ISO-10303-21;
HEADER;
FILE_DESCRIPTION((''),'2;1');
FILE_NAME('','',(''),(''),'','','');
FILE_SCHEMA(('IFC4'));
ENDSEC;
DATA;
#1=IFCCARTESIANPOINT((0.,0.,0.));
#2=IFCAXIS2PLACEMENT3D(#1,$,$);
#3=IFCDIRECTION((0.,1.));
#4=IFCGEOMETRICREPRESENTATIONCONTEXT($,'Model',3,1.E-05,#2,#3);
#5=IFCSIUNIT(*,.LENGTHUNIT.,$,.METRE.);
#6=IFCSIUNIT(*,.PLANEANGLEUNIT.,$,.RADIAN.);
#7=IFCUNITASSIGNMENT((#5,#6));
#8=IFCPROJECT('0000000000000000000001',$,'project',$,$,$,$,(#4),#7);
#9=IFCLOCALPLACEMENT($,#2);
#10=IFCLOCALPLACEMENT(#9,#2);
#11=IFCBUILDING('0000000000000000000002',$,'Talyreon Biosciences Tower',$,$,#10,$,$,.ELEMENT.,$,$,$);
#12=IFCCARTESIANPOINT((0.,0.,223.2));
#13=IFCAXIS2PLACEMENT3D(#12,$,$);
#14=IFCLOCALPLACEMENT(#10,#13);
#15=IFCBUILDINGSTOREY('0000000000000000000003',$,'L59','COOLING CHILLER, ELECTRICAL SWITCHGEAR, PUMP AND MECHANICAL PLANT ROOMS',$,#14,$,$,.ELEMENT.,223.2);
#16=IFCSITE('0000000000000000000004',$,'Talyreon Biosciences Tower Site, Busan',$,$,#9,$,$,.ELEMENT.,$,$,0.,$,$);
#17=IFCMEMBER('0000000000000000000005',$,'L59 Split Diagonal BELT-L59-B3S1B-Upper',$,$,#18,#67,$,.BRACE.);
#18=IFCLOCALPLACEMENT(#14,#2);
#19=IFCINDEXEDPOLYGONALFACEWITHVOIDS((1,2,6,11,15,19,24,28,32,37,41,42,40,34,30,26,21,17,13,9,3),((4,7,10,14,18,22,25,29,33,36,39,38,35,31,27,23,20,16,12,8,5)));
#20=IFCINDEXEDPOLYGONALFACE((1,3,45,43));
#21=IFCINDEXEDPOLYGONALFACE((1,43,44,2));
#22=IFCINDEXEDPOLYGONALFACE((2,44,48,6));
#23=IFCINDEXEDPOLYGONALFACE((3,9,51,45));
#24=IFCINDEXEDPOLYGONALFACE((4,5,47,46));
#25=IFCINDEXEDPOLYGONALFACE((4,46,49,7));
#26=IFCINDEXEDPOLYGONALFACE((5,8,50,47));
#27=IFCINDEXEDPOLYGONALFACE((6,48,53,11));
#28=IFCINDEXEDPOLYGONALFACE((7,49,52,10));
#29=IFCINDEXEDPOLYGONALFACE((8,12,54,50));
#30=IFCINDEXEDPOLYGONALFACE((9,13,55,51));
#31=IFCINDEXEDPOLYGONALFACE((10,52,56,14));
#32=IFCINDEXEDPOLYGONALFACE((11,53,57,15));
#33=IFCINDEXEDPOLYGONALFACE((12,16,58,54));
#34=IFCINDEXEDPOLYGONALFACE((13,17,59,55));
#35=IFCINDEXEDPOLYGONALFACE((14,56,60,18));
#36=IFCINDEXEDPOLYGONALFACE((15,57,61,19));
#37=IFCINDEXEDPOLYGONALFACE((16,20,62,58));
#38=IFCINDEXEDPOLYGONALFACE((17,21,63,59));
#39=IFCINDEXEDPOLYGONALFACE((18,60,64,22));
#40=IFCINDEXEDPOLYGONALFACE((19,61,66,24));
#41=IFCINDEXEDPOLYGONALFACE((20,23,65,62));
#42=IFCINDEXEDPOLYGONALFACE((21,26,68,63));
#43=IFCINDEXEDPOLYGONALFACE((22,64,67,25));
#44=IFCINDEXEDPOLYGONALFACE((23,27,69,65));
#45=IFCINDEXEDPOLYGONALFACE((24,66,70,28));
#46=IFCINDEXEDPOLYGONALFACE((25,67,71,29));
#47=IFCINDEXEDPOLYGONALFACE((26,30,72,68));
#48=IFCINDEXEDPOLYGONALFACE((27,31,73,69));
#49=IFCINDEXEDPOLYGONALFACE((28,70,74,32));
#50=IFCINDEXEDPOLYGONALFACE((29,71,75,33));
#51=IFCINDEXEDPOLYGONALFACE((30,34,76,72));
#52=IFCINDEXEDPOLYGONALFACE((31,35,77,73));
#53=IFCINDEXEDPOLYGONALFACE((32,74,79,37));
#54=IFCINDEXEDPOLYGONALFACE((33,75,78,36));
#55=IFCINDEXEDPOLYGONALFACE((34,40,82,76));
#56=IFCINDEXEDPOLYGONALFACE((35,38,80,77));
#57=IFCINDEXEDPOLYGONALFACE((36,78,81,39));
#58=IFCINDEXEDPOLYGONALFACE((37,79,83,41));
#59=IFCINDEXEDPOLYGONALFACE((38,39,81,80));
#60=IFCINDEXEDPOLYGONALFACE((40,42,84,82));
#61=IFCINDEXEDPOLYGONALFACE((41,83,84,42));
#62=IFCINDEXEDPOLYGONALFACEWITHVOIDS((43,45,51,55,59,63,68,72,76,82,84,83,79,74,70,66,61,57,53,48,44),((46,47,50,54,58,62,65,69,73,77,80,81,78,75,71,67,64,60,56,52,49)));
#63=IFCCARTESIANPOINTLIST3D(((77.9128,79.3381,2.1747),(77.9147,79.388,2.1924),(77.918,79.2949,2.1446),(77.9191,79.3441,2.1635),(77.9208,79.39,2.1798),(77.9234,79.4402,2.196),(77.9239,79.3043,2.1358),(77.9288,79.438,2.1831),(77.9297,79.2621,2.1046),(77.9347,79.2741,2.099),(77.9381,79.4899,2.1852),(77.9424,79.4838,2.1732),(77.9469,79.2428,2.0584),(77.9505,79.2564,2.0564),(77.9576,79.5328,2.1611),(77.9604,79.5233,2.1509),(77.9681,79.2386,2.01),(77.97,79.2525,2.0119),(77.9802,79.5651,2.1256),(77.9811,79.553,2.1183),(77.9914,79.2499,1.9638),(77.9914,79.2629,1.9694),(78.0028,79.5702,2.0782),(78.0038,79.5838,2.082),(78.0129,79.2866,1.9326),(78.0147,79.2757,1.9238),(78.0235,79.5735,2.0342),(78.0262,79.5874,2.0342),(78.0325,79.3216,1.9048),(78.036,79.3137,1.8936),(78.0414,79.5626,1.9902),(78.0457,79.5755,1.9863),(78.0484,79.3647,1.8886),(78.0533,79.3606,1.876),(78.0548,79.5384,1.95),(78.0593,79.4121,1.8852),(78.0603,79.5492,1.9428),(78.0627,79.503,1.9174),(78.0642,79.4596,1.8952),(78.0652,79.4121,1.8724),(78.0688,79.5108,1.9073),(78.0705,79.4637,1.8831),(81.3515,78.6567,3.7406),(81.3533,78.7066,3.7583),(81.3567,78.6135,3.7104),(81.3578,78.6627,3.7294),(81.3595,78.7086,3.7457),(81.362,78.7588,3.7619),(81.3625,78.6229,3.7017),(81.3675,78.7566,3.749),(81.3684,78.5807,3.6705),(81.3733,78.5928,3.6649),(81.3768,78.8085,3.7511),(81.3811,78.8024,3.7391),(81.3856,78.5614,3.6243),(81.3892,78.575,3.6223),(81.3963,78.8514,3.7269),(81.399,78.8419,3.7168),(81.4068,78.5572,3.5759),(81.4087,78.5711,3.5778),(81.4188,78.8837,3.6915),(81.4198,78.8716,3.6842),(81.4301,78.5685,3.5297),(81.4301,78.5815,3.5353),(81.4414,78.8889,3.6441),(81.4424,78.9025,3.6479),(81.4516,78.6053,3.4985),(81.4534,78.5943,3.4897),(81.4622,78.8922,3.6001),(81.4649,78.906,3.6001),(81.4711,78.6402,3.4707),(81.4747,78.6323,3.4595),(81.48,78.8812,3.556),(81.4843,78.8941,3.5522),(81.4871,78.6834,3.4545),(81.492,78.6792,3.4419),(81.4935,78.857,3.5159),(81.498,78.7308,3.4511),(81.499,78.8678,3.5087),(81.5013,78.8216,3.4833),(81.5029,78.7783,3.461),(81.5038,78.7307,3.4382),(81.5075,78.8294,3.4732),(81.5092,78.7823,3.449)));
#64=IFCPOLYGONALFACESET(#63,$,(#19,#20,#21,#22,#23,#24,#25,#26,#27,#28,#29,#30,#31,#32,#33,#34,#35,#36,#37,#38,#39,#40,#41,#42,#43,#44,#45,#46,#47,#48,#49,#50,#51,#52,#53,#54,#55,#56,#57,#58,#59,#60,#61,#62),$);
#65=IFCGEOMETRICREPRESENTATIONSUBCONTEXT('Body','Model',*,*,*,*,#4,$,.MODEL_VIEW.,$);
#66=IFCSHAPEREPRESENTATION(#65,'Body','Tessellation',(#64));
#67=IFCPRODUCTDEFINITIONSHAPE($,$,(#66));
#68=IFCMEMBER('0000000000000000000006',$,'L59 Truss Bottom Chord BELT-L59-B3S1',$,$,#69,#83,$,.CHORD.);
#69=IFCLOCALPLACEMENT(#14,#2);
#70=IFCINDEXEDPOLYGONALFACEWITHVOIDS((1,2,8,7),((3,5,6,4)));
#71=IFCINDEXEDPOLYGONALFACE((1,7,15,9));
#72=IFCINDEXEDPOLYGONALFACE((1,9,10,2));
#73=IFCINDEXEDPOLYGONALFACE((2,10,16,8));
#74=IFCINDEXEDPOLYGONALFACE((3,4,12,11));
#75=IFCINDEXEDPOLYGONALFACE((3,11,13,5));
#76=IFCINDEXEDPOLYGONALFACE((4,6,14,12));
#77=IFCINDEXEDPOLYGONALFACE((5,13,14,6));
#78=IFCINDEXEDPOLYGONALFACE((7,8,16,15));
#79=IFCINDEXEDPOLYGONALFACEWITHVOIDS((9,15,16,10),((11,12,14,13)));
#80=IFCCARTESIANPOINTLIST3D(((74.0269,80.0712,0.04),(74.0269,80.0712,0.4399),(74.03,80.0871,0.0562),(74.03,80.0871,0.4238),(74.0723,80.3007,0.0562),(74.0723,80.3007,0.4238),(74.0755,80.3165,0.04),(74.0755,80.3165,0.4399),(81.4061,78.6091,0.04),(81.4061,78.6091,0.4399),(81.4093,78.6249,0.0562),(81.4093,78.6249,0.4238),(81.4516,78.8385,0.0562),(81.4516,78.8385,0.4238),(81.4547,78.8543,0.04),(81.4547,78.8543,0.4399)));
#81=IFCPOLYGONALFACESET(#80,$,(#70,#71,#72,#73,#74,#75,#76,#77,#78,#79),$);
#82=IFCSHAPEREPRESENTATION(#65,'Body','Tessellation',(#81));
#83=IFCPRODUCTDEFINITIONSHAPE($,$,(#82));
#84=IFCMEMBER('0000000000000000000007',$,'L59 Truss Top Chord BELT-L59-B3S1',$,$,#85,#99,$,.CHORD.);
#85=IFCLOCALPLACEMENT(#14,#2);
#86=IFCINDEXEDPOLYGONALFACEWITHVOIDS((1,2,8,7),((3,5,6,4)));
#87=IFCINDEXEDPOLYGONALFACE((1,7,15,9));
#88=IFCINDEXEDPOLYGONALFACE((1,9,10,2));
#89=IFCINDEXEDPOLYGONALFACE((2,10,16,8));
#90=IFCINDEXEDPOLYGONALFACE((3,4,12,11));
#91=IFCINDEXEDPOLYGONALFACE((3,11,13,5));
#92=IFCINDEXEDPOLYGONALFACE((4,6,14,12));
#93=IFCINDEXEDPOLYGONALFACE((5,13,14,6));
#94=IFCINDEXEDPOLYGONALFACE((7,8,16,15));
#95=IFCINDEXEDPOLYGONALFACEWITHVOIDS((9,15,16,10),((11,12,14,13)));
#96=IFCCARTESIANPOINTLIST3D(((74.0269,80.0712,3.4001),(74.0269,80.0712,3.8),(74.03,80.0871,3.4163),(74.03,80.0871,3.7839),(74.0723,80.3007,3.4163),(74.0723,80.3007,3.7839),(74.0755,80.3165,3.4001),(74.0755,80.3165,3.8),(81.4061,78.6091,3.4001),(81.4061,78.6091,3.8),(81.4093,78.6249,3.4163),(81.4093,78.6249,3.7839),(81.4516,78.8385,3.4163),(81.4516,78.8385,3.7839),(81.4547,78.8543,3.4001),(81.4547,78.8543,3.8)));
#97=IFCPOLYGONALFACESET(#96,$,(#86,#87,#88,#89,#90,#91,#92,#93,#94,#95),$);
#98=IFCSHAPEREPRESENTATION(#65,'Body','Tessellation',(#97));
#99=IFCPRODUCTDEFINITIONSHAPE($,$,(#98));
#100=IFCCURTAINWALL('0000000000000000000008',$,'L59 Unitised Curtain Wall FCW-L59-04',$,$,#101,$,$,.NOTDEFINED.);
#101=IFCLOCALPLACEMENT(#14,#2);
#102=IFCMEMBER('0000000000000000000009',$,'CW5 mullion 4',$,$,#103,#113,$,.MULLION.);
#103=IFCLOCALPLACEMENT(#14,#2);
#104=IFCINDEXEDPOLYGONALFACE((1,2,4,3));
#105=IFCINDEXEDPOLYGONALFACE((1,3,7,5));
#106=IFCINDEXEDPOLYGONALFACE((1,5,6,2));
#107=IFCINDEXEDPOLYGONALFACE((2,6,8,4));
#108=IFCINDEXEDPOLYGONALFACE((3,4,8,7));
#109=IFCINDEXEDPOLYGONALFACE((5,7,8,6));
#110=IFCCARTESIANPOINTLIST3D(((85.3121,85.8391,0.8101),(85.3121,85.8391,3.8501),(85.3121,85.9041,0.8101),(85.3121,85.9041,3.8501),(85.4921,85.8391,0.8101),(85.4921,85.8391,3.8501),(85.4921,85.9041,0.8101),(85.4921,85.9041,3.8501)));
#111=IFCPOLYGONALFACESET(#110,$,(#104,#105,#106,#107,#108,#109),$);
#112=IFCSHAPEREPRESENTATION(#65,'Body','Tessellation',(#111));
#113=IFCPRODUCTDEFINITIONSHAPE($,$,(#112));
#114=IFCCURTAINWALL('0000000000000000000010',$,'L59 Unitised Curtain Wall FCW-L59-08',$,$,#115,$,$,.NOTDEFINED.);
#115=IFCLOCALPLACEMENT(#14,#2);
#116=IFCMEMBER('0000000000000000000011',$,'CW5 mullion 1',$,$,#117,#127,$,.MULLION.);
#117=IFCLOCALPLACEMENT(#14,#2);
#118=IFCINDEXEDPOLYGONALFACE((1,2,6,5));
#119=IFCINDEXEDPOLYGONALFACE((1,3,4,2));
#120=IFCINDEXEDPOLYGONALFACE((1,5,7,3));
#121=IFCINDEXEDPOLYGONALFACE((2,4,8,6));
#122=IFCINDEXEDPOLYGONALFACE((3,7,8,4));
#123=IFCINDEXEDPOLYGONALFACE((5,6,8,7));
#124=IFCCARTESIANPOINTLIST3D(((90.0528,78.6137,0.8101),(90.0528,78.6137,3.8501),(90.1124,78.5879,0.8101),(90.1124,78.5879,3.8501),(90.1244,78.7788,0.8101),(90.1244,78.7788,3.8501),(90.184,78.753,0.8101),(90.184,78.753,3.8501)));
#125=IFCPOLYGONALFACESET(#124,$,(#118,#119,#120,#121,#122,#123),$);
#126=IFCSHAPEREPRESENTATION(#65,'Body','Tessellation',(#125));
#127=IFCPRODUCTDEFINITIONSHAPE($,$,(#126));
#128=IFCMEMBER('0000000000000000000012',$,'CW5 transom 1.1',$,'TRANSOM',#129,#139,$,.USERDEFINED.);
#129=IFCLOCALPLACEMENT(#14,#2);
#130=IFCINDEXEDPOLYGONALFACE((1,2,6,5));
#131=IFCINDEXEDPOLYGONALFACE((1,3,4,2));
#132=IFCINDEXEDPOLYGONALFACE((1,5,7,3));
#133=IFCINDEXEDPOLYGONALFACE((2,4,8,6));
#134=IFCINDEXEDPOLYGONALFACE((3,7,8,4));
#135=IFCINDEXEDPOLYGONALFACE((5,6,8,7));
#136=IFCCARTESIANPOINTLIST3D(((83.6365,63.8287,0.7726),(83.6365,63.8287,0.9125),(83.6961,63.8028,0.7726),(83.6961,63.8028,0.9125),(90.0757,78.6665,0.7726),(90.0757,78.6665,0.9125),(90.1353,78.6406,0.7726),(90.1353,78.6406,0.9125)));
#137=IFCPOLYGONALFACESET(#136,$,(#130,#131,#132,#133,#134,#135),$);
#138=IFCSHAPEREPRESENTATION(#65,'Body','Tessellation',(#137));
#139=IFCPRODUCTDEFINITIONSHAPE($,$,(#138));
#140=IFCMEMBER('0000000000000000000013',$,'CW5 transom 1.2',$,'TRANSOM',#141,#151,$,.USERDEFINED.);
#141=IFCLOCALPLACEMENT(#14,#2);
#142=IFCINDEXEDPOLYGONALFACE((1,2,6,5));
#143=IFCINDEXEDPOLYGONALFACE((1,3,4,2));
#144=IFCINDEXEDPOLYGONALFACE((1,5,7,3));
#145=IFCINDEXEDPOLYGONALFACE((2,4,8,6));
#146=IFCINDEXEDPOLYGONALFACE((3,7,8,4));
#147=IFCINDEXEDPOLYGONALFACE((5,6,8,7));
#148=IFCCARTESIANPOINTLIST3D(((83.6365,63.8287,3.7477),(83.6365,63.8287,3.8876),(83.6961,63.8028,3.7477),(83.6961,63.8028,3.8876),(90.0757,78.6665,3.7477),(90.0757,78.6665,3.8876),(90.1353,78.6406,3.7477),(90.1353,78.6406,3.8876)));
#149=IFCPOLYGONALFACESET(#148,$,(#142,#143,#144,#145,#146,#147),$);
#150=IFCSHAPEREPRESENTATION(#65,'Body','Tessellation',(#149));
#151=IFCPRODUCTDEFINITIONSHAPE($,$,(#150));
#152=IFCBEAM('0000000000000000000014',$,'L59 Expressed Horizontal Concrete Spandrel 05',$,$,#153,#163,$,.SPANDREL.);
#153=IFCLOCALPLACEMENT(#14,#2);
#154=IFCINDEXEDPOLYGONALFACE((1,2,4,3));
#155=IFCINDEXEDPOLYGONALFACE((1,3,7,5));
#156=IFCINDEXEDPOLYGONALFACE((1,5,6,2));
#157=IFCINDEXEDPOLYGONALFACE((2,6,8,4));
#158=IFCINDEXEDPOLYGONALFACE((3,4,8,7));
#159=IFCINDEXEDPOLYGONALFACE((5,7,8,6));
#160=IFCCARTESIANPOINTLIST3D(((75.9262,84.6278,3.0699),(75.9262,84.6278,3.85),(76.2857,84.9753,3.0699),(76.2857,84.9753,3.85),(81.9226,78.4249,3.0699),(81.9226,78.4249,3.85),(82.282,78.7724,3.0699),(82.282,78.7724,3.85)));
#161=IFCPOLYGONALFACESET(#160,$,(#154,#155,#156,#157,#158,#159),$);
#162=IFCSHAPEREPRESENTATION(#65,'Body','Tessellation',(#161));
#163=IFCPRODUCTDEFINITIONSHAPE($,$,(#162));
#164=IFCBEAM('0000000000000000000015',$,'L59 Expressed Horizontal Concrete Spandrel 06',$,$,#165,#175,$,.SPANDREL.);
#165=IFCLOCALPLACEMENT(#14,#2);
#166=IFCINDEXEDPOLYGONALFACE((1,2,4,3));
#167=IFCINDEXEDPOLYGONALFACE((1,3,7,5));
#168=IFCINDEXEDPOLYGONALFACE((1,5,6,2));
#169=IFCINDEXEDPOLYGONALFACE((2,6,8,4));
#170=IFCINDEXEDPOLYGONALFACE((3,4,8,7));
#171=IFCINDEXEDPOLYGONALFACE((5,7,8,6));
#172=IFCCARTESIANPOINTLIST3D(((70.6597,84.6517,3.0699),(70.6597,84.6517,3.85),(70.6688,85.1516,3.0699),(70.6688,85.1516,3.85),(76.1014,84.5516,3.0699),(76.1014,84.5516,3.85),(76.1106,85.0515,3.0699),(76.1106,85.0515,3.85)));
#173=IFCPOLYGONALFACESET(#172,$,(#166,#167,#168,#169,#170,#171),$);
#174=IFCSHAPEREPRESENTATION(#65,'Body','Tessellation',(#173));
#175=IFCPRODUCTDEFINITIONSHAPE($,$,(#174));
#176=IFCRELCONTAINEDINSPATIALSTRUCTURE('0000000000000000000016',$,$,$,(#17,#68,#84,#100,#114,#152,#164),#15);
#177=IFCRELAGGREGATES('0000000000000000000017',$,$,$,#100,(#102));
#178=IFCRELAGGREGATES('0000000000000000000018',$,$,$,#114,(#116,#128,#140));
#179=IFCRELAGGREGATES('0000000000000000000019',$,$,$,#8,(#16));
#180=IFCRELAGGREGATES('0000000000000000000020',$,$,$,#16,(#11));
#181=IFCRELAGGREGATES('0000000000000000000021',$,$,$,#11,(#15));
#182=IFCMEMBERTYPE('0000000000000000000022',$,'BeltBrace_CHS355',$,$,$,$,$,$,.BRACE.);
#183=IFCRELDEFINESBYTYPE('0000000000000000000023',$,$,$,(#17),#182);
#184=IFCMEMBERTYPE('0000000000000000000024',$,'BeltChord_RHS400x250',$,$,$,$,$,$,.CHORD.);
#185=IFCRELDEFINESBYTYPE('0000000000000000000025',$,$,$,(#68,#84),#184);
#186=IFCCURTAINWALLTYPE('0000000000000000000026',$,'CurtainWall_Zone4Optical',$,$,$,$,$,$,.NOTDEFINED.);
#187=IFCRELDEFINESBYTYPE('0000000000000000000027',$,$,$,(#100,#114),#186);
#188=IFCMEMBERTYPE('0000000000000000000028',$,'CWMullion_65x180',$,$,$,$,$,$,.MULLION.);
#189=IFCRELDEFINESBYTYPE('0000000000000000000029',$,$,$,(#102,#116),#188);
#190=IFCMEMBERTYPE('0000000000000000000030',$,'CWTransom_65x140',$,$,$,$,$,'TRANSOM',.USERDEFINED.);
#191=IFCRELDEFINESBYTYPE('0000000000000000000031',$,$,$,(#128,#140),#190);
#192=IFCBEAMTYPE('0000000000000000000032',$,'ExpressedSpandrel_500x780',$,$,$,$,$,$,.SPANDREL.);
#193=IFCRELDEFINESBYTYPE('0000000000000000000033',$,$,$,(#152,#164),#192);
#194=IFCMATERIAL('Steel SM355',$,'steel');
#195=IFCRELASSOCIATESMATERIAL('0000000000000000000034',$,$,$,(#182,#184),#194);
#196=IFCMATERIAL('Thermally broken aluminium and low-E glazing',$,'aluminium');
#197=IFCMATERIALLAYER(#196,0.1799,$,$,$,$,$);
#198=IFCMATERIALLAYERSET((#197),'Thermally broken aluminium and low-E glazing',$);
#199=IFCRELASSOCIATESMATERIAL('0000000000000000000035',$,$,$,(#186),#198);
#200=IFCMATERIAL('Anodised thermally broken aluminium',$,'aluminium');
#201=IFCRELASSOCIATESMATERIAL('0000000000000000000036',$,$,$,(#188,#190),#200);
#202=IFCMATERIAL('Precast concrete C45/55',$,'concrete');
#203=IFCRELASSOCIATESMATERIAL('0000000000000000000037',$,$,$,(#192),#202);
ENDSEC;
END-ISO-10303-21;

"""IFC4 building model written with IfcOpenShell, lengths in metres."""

from ifc_helpers import new_model, si_unit, direction, frame, origin, origin_2d, place, context, subcontext, project, spatial, rectangle, hollow_rectangle, hollow_circle, extrude, material, layer, layer_set, material_profile, profile_set, type_object, element, aggregate, save


model = new_model("IFC4")

# Units and contexts
model_context = context("Model", 3, precision=1e-05, world=origin(), true_north=direction((0.0, 1.0)))
body_context = subcontext(model_context, "Body", "Model", "MODEL_VIEW")
ifc_project = project(units=[si_unit("LENGTHUNIT", "METRE"), si_unit("PLANEANGLEUNIT", "RADIAN")], contexts=[model_context])

# Site, building, storey
site_placement = place(None, origin())
site = spatial("IfcSite", under=ifc_project, at=site_placement, Name="Talyreon Biosciences Tower Site, Busan", CompositionType="ELEMENT", RefElevation=0.0)
building_placement = place(site_placement, origin())
building = spatial("IfcBuilding", under=site, at=building_placement, Name="Talyreon Biosciences Tower", CompositionType="ELEMENT")
storey_placement = place(building_placement, frame((0.0, 0.0, 223.2)))
storey = spatial("IfcBuildingStorey", under=building, at=storey_placement, Name="L59", Description="COOLING CHILLER, ELECTRICAL SWITCHGEAR, PUMP AND MECHANICAL PLANT ROOMS", CompositionType="ELEMENT", Elevation=223.2)

# Members
ifc_material_1 = material(Name="Steel SM355", Category="steel")
ifc_material_profile_1 = material_profile(ifc_material_1, hollow_circle(Radius=0.1777, WallThickness=0.0142, at=origin_2d()), Name="CHS 355.6x14.2")
ifc_profile_set_1 = profile_set([ifc_material_profile_1], Name="Steel SM355")
member_type_1 = type_object("IfcMemberType", Name="BeltBrace_CHS355", PredefinedType="BRACE", material=ifc_profile_set_1)
member_1_placement = place(storey_placement, frame((77.9917, 79.4131, 2.0342), z_axis=(0.895634, -0.177473, 0.407852), x_axis=(0.194375, 0.980927, 0.0)))
element("IfcMember", 1, at=member_1_placement, inside=storey, type_object=member_type_1, Name="L59 Split Diagonal BELT-L59-B3S1B-Upper", PredefinedType="BRACE", context=body_context, shape_type="SweptSolid", body=[
    extrude(hollow_circle(Radius=0.1777, WallThickness=0.0142, at=origin_2d()), origin(), (0.0, 0.0, 1.0), 3.8394),
])
ifc_material_profile_2 = material_profile(ifc_material_1, hollow_rectangle(XDim=0.25, YDim=0.3999, WallThickness=0.0161, at=origin_2d()), Name="RHS 400x250x16")
ifc_profile_set_2 = profile_set([ifc_material_profile_2], Name="Steel SM355")
member_type_2 = type_object("IfcMemberType", Name="BeltChord_RHS400x250", PredefinedType="CHORD", material=ifc_profile_set_2)
for number, where, z_axis, x_axis, name in (
    (2, (81.4304, 78.7317, 0.24), (-0.980929, 0.194368, 0.0), (-0.194368, -0.980929, 0.0), "L59 Truss Bottom Chord BELT-L59-B3S1"),
    (3, (81.4304, 78.7317, 3.6001), (-0.980929, 0.194368, 0.0), (-0.194368, -0.980929, 0.0), "L59 Truss Top Chord BELT-L59-B3S1"),
):
    element("IfcMember", number, at=place(storey_placement, frame(where, z_axis=z_axis, x_axis=x_axis)), inside=storey, type_object=member_type_2, Name=name, PredefinedType="CHORD", context=body_context, shape_type="SweptSolid", body=[
        extrude(hollow_rectangle(XDim=0.25, YDim=0.3999, WallThickness=0.0161, at=origin_2d()), origin(), (0.0, 0.0, 1.0), 7.5227),
    ])

# Curtain wall, member
ifc_material_2 = material(Name="Thermally broken aluminium and low-E glazing", Category="aluminium")
ifc_layer_1 = layer(ifc_material_2, 0.1799)
ifc_layer_set_1 = layer_set([ifc_layer_1], Name="Thermally broken aluminium and low-E glazing")
curtain_wall_type = type_object("IfcCurtainWallType", Name="CurtainWall_Zone4Optical", PredefinedType="NOTDEFINED", material=ifc_layer_set_1)
curtain_wall_1_placement = place(storey_placement, origin())
curtain_wall_1 = element("IfcCurtainWall", 4, at=curtain_wall_1_placement, inside=storey, type_object=curtain_wall_type, Name="L59 Unitised Curtain Wall FCW-L59-04", PredefinedType="NOTDEFINED")
ifc_material_3 = material(Name="Anodised thermally broken aluminium", Category="aluminium")
ifc_material_profile_3 = material_profile(ifc_material_3, rectangle(XDim=0.0649, YDim=0.1799, at=origin_2d()), Name="ALUM MULLION 65x180")
ifc_profile_set_3 = profile_set([ifc_material_profile_3], Name="Anodised thermally broken aluminium")
member_type_3 = type_object("IfcMemberType", Name="CWMullion_65x180", PredefinedType="MULLION", material=ifc_profile_set_3)
member_2_placement = place(storey_placement, frame((85.4021, 85.8716, 0.8101), z_axis=(0.0, 0.0, 1.0), x_axis=(0.0, 1.0, 0.0)))
member_2 = element("IfcMember", 5, at=member_2_placement, type_object=member_type_3, Name="CW5 mullion 4", PredefinedType="MULLION", context=body_context, shape_type="SweptSolid", body=[
    extrude(rectangle(XDim=0.0649, YDim=0.1799, at=origin_2d()), origin(), (0.0, 0.0, 1.0), 3.04),
])

# Curtain wall, members
curtain_wall_2_placement = place(storey_placement, origin())
curtain_wall_2 = element("IfcCurtainWall", 6, at=curtain_wall_2_placement, inside=storey, type_object=curtain_wall_type, Name="L59 Unitised Curtain Wall FCW-L59-08", PredefinedType="NOTDEFINED")
member_3_placement = place(storey_placement, frame((90.1184, 78.6833, 0.8101), z_axis=(0.0, 0.0, 1.0), x_axis=(0.917337, -0.398112, 0.0)))
member_3 = element("IfcMember", 7, at=member_3_placement, type_object=member_type_3, Name="CW5 mullion 1", PredefinedType="MULLION", context=body_context, shape_type="SweptSolid", body=[
    extrude(rectangle(XDim=0.0649, YDim=0.1799, at=origin_2d()), origin(), (0.0, 0.0, 1.0), 3.04),
])
ifc_material_profile_4 = material_profile(ifc_material_3, rectangle(XDim=0.0649, YDim=0.1399, at=origin_2d()), Name="ALUM TRANSOM 65x140")
ifc_profile_set_4 = profile_set([ifc_material_profile_4], Name="Anodised thermally broken aluminium")
member_type_4 = type_object("IfcMemberType", Name="CWTransom_65x140", ElementType="TRANSOM", PredefinedType="USERDEFINED", material=ifc_profile_set_4)
member_4_placement = place(storey_placement, frame((90.1055, 78.6536, 0.8425), z_axis=(-0.3981, -0.917342, 0.0), x_axis=(0.917342, -0.3981, 0.0)))
member_4 = element("IfcMember", 8, at=member_4_placement, type_object=member_type_4, Name="CW5 transom 1.1", ObjectType="TRANSOM", PredefinedType="USERDEFINED", context=body_context, shape_type="SweptSolid", body=[
    extrude(rectangle(XDim=0.0649, YDim=0.1399, at=origin_2d()), origin(), (0.0, 0.0, 1.0), 16.1748),
])
member_5_placement = place(storey_placement, frame((90.1055, 78.6536, 3.8176), z_axis=(-0.3981, -0.917342, 0.0), x_axis=(0.917342, -0.3981, 0.0)))
member_5 = element("IfcMember", 9, at=member_5_placement, type_object=member_type_4, Name="CW5 transom 1.2", ObjectType="TRANSOM", PredefinedType="USERDEFINED", context=body_context, shape_type="SweptSolid", body=[
    extrude(rectangle(XDim=0.0649, YDim=0.1399, at=origin_2d()), origin(), (0.0, 0.0, 1.0), 16.1748),
])

# Beams
ifc_material_4 = material(Name="Precast concrete C45/55", Category="concrete")
ifc_material_profile_5 = material_profile(ifc_material_4, rectangle(XDim=0.5, YDim=0.78, at=origin_2d()), Name="RCB 500x780")
ifc_profile_set_5 = profile_set([ifc_material_profile_5], Name="Precast concrete C45/55")
beam_type_1 = type_object("IfcBeamType", Name="ExpressedSpandrel_500x780", PredefinedType="SPANDREL", material=ifc_profile_set_5)
beam_1_placement = place(storey_placement, frame((82.1023, 78.5986, 3.46), z_axis=(-0.695035, 0.718976, 0.0), x_axis=(-0.718976, -0.695035, 0.0)))
element("IfcBeam", 10, at=beam_1_placement, inside=storey, type_object=beam_type_1, Name="L59 Expressed Horizontal Concrete Spandrel 05", PredefinedType="SPANDREL", context=body_context, shape_type="SweptSolid", body=[
    extrude(rectangle(XDim=0.5, YDim=0.78, at=origin_2d()), origin(), (0.0, 0.0, 1.0), 8.6274),
])
beam_2_placement = place(storey_placement, frame((76.106, 84.8015, 3.46), z_axis=(-0.999831, 0.018392, 0.0), x_axis=(-0.018392, -0.999831, 0.0)))
element("IfcBeam", 11, at=beam_2_placement, inside=storey, type_object=beam_type_1, Name="L59 Expressed Horizontal Concrete Spandrel 06", PredefinedType="SPANDREL", context=body_context, shape_type="SweptSolid", body=[
    extrude(rectangle(XDim=0.5, YDim=0.78, at=origin_2d()), origin(), (0.0, 0.0, 1.0), 5.4426),
])

aggregate(curtain_wall_1, [member_2])
aggregate(curtain_wall_2, [member_3, member_4, member_5])

save(model, "model.ifc")
